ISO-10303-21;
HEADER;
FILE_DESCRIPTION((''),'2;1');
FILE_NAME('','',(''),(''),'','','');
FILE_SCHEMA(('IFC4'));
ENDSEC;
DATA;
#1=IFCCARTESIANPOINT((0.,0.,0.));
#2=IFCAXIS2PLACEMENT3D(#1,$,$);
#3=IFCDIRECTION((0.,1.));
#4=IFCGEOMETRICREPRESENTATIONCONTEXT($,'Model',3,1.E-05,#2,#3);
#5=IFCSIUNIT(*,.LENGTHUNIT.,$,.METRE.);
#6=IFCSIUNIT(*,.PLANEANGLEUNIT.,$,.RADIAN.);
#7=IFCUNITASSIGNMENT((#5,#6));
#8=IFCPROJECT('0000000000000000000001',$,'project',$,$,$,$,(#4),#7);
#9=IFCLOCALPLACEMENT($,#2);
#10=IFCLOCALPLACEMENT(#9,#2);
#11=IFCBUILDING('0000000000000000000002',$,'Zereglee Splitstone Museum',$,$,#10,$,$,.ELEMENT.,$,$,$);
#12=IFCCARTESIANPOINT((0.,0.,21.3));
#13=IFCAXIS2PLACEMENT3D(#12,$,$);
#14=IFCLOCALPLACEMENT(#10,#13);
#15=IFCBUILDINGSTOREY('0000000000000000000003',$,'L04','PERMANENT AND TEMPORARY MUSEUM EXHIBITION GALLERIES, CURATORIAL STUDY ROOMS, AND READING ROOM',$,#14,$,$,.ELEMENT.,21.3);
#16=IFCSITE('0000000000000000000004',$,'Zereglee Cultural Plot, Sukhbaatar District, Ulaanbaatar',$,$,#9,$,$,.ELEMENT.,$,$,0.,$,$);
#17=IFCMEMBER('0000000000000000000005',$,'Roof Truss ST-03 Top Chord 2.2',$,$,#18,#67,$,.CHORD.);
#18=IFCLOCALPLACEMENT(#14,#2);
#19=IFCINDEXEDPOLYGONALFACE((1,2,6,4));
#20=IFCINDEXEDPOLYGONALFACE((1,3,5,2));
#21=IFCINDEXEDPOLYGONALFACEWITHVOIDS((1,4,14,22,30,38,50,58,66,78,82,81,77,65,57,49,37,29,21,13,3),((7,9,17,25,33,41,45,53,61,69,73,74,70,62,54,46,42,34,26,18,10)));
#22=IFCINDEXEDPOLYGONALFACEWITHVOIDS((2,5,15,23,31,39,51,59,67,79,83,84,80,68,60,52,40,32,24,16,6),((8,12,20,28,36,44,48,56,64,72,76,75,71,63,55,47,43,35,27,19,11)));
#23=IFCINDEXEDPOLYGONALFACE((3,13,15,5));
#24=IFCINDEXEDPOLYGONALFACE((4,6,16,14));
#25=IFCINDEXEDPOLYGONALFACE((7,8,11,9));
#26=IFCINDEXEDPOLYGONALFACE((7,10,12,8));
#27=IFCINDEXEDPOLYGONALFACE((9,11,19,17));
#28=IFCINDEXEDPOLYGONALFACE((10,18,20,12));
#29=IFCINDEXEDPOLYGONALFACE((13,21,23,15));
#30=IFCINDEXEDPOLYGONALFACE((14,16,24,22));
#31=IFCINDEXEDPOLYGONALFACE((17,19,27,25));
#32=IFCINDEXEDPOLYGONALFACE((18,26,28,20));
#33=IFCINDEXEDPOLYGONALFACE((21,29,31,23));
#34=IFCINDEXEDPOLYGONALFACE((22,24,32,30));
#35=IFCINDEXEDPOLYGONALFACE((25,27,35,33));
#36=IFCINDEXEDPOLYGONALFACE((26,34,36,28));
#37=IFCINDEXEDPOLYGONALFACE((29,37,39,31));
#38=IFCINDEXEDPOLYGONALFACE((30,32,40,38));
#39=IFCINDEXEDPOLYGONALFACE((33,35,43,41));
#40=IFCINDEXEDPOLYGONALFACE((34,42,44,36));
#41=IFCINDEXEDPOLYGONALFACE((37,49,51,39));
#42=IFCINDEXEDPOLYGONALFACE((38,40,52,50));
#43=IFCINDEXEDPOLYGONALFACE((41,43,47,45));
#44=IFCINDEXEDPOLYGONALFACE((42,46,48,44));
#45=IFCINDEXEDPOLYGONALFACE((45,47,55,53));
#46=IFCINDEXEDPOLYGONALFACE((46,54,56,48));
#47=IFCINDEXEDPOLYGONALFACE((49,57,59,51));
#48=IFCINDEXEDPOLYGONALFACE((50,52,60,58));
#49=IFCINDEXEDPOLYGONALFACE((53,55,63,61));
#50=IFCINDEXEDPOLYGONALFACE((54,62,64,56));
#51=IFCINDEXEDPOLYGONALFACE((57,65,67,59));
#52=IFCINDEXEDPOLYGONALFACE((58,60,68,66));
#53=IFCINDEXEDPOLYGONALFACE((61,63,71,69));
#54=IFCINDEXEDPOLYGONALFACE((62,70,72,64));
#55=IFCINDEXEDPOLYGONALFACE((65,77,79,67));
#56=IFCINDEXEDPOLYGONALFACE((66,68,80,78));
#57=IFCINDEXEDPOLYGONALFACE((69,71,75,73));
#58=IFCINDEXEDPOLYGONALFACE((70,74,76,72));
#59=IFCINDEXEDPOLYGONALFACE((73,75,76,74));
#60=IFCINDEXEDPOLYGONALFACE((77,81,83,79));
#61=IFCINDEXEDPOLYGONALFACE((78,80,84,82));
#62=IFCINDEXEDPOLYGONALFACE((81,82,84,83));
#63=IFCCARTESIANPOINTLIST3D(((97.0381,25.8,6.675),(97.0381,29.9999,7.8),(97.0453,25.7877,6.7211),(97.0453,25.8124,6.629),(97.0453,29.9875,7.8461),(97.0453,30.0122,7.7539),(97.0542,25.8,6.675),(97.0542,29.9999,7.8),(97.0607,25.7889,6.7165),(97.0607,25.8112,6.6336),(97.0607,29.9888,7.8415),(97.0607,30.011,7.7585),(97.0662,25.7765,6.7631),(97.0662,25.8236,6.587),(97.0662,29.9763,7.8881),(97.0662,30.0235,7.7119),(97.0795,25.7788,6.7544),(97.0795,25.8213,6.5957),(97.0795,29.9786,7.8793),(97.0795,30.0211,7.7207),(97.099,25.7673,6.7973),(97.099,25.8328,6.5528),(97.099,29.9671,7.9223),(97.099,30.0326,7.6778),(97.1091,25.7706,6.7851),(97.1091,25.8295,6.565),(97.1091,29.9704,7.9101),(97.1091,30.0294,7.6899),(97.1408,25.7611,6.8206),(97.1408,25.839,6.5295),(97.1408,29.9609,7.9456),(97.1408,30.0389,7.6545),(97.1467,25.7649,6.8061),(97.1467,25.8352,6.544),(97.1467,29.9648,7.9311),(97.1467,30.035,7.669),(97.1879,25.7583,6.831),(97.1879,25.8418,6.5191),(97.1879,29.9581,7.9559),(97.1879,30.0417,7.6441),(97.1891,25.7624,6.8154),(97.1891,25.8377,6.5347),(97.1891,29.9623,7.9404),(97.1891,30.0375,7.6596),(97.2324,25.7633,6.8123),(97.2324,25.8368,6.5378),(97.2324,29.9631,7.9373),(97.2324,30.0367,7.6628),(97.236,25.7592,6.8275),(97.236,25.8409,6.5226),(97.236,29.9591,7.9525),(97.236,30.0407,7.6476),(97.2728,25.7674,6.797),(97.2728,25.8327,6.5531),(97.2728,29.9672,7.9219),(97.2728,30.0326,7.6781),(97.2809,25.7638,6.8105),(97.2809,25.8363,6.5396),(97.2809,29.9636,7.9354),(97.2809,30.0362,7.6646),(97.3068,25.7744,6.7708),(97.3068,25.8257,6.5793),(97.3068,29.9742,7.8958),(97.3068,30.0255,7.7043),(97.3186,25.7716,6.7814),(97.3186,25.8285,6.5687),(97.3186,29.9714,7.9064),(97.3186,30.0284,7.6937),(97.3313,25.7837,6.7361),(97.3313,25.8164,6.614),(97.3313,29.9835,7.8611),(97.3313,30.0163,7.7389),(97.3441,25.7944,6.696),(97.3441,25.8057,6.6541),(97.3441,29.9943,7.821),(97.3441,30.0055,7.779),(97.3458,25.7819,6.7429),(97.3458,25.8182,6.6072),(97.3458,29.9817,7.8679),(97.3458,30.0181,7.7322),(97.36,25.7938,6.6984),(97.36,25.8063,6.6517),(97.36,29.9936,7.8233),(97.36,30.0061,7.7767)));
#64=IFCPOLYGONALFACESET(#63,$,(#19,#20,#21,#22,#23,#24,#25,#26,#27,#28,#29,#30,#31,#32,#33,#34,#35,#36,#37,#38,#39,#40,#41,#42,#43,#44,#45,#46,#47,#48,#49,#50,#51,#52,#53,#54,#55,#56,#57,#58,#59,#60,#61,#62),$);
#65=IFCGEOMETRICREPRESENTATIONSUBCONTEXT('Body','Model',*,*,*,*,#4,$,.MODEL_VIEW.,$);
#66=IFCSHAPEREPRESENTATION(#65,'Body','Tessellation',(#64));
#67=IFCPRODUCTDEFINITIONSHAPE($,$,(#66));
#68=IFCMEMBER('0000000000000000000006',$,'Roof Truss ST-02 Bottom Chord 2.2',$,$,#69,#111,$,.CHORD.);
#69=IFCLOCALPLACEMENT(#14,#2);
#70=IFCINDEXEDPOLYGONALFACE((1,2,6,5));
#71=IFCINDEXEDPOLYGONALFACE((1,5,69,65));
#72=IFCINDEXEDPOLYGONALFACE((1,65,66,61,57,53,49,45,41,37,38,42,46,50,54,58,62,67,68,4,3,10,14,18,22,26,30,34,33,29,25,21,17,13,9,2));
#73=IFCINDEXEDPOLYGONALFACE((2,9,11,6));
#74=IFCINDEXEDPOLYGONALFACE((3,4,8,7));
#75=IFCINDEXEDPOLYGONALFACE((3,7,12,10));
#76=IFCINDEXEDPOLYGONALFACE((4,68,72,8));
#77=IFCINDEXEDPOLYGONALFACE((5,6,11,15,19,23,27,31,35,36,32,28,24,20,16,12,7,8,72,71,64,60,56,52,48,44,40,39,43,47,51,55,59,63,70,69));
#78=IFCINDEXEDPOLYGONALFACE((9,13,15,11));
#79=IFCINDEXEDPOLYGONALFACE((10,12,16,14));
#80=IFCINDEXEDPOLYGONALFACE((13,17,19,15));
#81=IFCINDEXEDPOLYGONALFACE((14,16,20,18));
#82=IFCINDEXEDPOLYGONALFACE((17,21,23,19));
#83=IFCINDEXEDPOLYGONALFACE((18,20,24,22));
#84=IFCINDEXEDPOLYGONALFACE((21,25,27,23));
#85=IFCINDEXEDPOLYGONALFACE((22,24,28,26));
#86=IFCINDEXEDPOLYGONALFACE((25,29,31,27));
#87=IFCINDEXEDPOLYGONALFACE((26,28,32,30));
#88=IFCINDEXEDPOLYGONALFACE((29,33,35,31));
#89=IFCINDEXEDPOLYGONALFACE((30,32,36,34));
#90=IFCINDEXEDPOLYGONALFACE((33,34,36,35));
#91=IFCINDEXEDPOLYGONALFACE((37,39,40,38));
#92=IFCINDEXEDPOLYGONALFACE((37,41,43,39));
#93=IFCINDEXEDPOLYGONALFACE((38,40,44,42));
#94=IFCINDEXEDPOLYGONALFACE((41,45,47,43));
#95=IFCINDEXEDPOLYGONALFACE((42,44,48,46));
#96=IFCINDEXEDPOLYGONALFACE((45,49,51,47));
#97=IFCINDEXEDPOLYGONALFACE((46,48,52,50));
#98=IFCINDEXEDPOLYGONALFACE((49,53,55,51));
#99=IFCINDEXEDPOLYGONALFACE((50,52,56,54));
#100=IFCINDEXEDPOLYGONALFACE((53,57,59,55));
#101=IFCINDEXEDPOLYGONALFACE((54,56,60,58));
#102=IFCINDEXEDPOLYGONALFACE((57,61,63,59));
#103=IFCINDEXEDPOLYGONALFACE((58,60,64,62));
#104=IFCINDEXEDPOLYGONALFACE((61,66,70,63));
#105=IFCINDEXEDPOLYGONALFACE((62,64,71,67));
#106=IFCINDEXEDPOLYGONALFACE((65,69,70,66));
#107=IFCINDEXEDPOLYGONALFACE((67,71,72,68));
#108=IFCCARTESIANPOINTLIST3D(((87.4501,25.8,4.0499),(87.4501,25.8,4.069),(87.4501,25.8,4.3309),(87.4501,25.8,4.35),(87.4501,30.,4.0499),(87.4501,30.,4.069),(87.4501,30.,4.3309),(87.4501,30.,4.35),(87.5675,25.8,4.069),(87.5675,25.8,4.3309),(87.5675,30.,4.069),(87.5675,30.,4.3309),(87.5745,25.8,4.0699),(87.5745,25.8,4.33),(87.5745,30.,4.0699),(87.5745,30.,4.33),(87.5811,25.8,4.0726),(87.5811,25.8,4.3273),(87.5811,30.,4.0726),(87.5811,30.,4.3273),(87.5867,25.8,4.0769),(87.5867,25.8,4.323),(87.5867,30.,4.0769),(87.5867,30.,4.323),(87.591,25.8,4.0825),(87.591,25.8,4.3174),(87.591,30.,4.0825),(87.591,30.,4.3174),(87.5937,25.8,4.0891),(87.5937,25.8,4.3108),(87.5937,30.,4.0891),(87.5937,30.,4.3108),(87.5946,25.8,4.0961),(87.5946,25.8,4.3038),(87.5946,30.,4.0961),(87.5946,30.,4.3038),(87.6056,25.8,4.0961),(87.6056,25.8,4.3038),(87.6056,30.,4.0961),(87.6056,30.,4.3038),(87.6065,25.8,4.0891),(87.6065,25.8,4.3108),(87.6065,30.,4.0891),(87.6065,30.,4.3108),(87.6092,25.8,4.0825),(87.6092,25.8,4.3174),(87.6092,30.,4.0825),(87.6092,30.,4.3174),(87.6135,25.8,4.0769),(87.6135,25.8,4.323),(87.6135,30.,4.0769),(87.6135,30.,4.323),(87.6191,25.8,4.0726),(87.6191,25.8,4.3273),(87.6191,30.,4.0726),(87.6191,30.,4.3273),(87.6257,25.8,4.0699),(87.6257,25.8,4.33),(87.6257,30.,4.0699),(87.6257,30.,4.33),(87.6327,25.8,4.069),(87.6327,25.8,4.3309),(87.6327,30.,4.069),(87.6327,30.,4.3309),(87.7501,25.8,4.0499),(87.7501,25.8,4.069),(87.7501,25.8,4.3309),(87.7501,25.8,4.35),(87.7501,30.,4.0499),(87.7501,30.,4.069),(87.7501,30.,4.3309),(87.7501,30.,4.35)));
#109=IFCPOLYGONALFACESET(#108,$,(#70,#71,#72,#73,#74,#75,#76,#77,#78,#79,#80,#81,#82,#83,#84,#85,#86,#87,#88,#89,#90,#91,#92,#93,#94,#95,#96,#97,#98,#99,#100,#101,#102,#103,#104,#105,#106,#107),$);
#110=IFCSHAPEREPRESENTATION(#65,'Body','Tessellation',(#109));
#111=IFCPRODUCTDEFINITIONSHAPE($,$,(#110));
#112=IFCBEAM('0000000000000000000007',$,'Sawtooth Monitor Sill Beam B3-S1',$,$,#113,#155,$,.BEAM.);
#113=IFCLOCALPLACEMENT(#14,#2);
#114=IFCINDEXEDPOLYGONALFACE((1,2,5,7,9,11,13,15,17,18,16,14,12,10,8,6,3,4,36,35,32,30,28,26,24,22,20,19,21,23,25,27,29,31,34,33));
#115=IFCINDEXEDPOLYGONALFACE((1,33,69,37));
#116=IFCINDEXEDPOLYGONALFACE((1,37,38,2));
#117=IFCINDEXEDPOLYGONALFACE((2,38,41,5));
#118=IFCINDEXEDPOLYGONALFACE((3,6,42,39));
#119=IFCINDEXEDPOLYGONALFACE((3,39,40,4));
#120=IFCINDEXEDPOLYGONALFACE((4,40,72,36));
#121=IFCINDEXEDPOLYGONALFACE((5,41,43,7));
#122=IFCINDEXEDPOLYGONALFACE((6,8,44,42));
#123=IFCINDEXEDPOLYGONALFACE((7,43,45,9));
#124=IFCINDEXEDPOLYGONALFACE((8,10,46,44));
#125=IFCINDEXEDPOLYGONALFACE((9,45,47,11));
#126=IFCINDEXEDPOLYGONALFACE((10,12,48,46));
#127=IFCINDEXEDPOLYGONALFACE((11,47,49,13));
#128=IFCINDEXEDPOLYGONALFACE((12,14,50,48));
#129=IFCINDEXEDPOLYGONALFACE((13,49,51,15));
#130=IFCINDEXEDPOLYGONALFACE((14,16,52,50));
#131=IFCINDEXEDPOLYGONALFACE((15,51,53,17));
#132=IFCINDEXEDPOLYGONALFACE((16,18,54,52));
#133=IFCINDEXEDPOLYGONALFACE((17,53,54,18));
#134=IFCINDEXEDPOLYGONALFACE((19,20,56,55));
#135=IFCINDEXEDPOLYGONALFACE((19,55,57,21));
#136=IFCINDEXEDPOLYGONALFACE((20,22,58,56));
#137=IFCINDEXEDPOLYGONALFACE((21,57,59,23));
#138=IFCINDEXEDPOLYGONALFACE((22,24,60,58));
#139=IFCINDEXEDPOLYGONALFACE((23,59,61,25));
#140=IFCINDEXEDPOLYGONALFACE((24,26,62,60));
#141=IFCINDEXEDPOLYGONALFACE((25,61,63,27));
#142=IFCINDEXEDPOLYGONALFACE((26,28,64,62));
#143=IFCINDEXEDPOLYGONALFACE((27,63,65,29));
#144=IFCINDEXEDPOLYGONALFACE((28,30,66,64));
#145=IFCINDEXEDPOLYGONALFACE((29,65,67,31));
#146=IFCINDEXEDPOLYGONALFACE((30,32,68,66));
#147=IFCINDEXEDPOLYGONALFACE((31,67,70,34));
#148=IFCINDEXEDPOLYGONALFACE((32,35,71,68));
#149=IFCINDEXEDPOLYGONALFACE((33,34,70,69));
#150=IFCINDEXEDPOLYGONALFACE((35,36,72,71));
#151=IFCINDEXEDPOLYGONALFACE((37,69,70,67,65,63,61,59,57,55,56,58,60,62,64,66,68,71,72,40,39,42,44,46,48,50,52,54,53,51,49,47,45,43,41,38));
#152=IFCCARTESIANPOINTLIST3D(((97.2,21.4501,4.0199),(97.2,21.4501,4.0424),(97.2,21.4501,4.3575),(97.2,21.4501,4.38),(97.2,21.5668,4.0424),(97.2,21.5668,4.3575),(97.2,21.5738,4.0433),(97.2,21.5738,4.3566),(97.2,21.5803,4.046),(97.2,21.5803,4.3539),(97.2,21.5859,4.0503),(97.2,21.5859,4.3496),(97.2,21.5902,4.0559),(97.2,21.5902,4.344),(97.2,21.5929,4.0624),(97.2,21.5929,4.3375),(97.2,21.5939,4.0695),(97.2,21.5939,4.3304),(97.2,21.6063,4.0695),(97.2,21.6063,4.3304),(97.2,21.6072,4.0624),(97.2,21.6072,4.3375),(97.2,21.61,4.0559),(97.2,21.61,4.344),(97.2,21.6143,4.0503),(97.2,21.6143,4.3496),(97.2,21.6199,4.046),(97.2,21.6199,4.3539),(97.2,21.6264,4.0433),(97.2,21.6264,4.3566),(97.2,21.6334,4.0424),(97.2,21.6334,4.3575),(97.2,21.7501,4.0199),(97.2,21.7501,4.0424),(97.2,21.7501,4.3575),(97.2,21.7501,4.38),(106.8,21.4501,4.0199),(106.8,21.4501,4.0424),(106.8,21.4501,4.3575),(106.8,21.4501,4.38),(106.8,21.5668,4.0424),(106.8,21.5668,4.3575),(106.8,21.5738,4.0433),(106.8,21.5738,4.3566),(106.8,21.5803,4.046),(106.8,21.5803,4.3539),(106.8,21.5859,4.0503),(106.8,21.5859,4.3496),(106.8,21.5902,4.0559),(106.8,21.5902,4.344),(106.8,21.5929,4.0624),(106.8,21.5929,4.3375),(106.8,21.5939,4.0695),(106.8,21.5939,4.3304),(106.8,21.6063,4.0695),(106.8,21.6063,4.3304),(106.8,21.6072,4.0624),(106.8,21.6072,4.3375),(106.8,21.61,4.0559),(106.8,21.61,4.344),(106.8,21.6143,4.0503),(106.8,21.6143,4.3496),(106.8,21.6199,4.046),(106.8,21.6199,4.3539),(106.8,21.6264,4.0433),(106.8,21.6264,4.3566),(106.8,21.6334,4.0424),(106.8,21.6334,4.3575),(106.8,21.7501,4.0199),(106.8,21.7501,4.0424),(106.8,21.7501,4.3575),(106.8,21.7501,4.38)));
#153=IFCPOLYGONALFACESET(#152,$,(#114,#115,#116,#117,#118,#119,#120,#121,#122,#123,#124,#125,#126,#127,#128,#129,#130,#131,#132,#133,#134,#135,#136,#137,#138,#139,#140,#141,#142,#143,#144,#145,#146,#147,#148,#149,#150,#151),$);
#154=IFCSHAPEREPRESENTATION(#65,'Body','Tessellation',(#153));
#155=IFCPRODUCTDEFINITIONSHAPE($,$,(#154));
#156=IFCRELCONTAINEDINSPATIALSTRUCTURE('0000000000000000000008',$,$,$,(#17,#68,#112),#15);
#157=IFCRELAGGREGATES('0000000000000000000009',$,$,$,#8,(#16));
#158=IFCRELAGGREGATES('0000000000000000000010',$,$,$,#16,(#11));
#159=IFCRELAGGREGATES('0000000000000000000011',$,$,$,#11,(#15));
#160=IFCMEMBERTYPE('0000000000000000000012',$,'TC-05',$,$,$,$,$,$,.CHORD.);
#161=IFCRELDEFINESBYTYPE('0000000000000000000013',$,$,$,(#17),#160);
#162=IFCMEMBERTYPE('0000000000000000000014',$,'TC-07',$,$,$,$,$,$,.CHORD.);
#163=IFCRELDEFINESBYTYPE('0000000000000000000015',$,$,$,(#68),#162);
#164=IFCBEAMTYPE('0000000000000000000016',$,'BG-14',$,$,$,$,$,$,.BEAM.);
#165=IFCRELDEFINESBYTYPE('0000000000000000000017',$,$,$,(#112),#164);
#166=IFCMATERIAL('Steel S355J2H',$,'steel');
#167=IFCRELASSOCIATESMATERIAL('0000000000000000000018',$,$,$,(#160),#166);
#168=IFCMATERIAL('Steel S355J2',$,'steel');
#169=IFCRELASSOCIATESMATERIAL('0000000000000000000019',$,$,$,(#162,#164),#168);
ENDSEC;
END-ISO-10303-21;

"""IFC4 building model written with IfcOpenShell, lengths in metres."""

from ifc_helpers import new_model, si_unit, direction, frame, origin, origin_2d, place, context, subcontext, project, spatial, hollow_circle, i_section, extrude, material, material_profile, profile_set, type_object, element, save


model = new_model("IFC4")

# Units and contexts
model_context = context("Model", 3, precision=1e-05, world=origin(), true_north=direction((0.0, 1.0)))
body_context = subcontext(model_context, "Body", "Model", "MODEL_VIEW")
ifc_project = project(units=[si_unit("LENGTHUNIT", "METRE"), si_unit("PLANEANGLEUNIT", "RADIAN")], contexts=[model_context])

# Site, building, storey
site_placement = place(None, origin())
site = spatial("IfcSite", under=ifc_project, at=site_placement, Name="Zereglee Cultural Plot, Sukhbaatar District, Ulaanbaatar", CompositionType="ELEMENT", RefElevation=0.0)
building_placement = place(site_placement, origin())
building = spatial("IfcBuilding", under=site, at=building_placement, Name="Zereglee Splitstone Museum", CompositionType="ELEMENT")
storey_placement = place(building_placement, frame((0.0, 0.0, 21.3)))
storey = spatial("IfcBuildingStorey", under=building, at=storey_placement, Name="L04", Description="PERMANENT AND TEMPORARY MUSEUM EXHIBITION GALLERIES, CURATORIAL STUDY ROOMS, AND READING ROOM", CompositionType="ELEMENT", Elevation=21.3)

# Members
ifc_material_1 = material(Name="Steel S355J2H", Category="steel")
ifc_material_profile_1 = material_profile(ifc_material_1, hollow_circle(Radius=0.1619, WallThickness=0.0161, at=origin_2d()), Name="CHS 323.9x16")
ifc_profile_set_1 = profile_set([ifc_material_profile_1], Name="Steel S355J2H")
member_type_1 = type_object("IfcMemberType", Name="TC-05", PredefinedType="CHORD", material=ifc_profile_set_1)
member_1_placement = place(storey_placement, frame((97.2, 25.8, 6.675), z_axis=(0.0, 0.965947, 0.258739), x_axis=(-1.0, 0.0, 0.0)))
element("IfcMember", 1, at=member_1_placement, inside=storey, type_object=member_type_1, Name="Roof Truss ST-03 Top Chord 2.2", PredefinedType="CHORD", context=body_context, shape_type="SweptSolid", body=[
    extrude(hollow_circle(Radius=0.1619, WallThickness=0.0161, at=origin_2d()), origin(), (0.0, 0.0, 1.0), 4.3479),
])
ifc_material_2 = material(Name="Steel S355J2", Category="steel")
ifc_material_profile_2 = material_profile(ifc_material_2, i_section(OverallWidth=0.3, OverallDepth=0.3, WebThickness=0.011, FlangeThickness=0.019, FilletRadius=0.0271, at=origin_2d()), Name="HE 300 B")
ifc_profile_set_2 = profile_set([ifc_material_profile_2], Name="Steel S355J2")
member_type_2 = type_object("IfcMemberType", Name="TC-07", PredefinedType="CHORD", material=ifc_profile_set_2)
member_2_placement = place(storey_placement, frame((87.6001, 25.8, 4.2), z_axis=(0.0, 1.0, 0.0), x_axis=(-1.0, 0.0, 0.0)))
element("IfcMember", 2, at=member_2_placement, inside=storey, type_object=member_type_2, Name="Roof Truss ST-02 Bottom Chord 2.2", PredefinedType="CHORD", context=body_context, shape_type="SweptSolid", body=[
    extrude(i_section(OverallWidth=0.3, OverallDepth=0.3, WebThickness=0.011, FlangeThickness=0.019, FilletRadius=0.0271, at=origin_2d()), origin(), (0.0, 0.0, 1.0), 4.2),
])

# Beam
ifc_material_profile_3 = material_profile(ifc_material_2, i_section(OverallWidth=0.3, OverallDepth=0.3601, WebThickness=0.0125, FlangeThickness=0.0225, FilletRadius=0.0271, at=origin_2d()), Name="HE 360 B")
ifc_profile_set_3 = profile_set([ifc_material_profile_3], Name="Steel S355J2")
beam_type_1 = type_object("IfcBeamType", Name="BG-14", PredefinedType="BEAM", material=ifc_profile_set_3)
beam_1_placement = place(storey_placement, frame((97.2, 21.6001, 4.2), z_axis=(1.0, 0.0, 0.0), x_axis=(0.0, 1.0, 0.0)))
element("IfcBeam", 3, at=beam_1_placement, inside=storey, type_object=beam_type_1, Name="Sawtooth Monitor Sill Beam B3-S1", PredefinedType="BEAM", context=body_context, shape_type="SweptSolid", body=[
    extrude(i_section(OverallWidth=0.3, OverallDepth=0.3601, WebThickness=0.0125, FlangeThickness=0.0225, FilletRadius=0.0271, at=origin_2d()), origin(), (0.0, 0.0, 1.0), 9.6001),
])

save(model, "model.ifc")
